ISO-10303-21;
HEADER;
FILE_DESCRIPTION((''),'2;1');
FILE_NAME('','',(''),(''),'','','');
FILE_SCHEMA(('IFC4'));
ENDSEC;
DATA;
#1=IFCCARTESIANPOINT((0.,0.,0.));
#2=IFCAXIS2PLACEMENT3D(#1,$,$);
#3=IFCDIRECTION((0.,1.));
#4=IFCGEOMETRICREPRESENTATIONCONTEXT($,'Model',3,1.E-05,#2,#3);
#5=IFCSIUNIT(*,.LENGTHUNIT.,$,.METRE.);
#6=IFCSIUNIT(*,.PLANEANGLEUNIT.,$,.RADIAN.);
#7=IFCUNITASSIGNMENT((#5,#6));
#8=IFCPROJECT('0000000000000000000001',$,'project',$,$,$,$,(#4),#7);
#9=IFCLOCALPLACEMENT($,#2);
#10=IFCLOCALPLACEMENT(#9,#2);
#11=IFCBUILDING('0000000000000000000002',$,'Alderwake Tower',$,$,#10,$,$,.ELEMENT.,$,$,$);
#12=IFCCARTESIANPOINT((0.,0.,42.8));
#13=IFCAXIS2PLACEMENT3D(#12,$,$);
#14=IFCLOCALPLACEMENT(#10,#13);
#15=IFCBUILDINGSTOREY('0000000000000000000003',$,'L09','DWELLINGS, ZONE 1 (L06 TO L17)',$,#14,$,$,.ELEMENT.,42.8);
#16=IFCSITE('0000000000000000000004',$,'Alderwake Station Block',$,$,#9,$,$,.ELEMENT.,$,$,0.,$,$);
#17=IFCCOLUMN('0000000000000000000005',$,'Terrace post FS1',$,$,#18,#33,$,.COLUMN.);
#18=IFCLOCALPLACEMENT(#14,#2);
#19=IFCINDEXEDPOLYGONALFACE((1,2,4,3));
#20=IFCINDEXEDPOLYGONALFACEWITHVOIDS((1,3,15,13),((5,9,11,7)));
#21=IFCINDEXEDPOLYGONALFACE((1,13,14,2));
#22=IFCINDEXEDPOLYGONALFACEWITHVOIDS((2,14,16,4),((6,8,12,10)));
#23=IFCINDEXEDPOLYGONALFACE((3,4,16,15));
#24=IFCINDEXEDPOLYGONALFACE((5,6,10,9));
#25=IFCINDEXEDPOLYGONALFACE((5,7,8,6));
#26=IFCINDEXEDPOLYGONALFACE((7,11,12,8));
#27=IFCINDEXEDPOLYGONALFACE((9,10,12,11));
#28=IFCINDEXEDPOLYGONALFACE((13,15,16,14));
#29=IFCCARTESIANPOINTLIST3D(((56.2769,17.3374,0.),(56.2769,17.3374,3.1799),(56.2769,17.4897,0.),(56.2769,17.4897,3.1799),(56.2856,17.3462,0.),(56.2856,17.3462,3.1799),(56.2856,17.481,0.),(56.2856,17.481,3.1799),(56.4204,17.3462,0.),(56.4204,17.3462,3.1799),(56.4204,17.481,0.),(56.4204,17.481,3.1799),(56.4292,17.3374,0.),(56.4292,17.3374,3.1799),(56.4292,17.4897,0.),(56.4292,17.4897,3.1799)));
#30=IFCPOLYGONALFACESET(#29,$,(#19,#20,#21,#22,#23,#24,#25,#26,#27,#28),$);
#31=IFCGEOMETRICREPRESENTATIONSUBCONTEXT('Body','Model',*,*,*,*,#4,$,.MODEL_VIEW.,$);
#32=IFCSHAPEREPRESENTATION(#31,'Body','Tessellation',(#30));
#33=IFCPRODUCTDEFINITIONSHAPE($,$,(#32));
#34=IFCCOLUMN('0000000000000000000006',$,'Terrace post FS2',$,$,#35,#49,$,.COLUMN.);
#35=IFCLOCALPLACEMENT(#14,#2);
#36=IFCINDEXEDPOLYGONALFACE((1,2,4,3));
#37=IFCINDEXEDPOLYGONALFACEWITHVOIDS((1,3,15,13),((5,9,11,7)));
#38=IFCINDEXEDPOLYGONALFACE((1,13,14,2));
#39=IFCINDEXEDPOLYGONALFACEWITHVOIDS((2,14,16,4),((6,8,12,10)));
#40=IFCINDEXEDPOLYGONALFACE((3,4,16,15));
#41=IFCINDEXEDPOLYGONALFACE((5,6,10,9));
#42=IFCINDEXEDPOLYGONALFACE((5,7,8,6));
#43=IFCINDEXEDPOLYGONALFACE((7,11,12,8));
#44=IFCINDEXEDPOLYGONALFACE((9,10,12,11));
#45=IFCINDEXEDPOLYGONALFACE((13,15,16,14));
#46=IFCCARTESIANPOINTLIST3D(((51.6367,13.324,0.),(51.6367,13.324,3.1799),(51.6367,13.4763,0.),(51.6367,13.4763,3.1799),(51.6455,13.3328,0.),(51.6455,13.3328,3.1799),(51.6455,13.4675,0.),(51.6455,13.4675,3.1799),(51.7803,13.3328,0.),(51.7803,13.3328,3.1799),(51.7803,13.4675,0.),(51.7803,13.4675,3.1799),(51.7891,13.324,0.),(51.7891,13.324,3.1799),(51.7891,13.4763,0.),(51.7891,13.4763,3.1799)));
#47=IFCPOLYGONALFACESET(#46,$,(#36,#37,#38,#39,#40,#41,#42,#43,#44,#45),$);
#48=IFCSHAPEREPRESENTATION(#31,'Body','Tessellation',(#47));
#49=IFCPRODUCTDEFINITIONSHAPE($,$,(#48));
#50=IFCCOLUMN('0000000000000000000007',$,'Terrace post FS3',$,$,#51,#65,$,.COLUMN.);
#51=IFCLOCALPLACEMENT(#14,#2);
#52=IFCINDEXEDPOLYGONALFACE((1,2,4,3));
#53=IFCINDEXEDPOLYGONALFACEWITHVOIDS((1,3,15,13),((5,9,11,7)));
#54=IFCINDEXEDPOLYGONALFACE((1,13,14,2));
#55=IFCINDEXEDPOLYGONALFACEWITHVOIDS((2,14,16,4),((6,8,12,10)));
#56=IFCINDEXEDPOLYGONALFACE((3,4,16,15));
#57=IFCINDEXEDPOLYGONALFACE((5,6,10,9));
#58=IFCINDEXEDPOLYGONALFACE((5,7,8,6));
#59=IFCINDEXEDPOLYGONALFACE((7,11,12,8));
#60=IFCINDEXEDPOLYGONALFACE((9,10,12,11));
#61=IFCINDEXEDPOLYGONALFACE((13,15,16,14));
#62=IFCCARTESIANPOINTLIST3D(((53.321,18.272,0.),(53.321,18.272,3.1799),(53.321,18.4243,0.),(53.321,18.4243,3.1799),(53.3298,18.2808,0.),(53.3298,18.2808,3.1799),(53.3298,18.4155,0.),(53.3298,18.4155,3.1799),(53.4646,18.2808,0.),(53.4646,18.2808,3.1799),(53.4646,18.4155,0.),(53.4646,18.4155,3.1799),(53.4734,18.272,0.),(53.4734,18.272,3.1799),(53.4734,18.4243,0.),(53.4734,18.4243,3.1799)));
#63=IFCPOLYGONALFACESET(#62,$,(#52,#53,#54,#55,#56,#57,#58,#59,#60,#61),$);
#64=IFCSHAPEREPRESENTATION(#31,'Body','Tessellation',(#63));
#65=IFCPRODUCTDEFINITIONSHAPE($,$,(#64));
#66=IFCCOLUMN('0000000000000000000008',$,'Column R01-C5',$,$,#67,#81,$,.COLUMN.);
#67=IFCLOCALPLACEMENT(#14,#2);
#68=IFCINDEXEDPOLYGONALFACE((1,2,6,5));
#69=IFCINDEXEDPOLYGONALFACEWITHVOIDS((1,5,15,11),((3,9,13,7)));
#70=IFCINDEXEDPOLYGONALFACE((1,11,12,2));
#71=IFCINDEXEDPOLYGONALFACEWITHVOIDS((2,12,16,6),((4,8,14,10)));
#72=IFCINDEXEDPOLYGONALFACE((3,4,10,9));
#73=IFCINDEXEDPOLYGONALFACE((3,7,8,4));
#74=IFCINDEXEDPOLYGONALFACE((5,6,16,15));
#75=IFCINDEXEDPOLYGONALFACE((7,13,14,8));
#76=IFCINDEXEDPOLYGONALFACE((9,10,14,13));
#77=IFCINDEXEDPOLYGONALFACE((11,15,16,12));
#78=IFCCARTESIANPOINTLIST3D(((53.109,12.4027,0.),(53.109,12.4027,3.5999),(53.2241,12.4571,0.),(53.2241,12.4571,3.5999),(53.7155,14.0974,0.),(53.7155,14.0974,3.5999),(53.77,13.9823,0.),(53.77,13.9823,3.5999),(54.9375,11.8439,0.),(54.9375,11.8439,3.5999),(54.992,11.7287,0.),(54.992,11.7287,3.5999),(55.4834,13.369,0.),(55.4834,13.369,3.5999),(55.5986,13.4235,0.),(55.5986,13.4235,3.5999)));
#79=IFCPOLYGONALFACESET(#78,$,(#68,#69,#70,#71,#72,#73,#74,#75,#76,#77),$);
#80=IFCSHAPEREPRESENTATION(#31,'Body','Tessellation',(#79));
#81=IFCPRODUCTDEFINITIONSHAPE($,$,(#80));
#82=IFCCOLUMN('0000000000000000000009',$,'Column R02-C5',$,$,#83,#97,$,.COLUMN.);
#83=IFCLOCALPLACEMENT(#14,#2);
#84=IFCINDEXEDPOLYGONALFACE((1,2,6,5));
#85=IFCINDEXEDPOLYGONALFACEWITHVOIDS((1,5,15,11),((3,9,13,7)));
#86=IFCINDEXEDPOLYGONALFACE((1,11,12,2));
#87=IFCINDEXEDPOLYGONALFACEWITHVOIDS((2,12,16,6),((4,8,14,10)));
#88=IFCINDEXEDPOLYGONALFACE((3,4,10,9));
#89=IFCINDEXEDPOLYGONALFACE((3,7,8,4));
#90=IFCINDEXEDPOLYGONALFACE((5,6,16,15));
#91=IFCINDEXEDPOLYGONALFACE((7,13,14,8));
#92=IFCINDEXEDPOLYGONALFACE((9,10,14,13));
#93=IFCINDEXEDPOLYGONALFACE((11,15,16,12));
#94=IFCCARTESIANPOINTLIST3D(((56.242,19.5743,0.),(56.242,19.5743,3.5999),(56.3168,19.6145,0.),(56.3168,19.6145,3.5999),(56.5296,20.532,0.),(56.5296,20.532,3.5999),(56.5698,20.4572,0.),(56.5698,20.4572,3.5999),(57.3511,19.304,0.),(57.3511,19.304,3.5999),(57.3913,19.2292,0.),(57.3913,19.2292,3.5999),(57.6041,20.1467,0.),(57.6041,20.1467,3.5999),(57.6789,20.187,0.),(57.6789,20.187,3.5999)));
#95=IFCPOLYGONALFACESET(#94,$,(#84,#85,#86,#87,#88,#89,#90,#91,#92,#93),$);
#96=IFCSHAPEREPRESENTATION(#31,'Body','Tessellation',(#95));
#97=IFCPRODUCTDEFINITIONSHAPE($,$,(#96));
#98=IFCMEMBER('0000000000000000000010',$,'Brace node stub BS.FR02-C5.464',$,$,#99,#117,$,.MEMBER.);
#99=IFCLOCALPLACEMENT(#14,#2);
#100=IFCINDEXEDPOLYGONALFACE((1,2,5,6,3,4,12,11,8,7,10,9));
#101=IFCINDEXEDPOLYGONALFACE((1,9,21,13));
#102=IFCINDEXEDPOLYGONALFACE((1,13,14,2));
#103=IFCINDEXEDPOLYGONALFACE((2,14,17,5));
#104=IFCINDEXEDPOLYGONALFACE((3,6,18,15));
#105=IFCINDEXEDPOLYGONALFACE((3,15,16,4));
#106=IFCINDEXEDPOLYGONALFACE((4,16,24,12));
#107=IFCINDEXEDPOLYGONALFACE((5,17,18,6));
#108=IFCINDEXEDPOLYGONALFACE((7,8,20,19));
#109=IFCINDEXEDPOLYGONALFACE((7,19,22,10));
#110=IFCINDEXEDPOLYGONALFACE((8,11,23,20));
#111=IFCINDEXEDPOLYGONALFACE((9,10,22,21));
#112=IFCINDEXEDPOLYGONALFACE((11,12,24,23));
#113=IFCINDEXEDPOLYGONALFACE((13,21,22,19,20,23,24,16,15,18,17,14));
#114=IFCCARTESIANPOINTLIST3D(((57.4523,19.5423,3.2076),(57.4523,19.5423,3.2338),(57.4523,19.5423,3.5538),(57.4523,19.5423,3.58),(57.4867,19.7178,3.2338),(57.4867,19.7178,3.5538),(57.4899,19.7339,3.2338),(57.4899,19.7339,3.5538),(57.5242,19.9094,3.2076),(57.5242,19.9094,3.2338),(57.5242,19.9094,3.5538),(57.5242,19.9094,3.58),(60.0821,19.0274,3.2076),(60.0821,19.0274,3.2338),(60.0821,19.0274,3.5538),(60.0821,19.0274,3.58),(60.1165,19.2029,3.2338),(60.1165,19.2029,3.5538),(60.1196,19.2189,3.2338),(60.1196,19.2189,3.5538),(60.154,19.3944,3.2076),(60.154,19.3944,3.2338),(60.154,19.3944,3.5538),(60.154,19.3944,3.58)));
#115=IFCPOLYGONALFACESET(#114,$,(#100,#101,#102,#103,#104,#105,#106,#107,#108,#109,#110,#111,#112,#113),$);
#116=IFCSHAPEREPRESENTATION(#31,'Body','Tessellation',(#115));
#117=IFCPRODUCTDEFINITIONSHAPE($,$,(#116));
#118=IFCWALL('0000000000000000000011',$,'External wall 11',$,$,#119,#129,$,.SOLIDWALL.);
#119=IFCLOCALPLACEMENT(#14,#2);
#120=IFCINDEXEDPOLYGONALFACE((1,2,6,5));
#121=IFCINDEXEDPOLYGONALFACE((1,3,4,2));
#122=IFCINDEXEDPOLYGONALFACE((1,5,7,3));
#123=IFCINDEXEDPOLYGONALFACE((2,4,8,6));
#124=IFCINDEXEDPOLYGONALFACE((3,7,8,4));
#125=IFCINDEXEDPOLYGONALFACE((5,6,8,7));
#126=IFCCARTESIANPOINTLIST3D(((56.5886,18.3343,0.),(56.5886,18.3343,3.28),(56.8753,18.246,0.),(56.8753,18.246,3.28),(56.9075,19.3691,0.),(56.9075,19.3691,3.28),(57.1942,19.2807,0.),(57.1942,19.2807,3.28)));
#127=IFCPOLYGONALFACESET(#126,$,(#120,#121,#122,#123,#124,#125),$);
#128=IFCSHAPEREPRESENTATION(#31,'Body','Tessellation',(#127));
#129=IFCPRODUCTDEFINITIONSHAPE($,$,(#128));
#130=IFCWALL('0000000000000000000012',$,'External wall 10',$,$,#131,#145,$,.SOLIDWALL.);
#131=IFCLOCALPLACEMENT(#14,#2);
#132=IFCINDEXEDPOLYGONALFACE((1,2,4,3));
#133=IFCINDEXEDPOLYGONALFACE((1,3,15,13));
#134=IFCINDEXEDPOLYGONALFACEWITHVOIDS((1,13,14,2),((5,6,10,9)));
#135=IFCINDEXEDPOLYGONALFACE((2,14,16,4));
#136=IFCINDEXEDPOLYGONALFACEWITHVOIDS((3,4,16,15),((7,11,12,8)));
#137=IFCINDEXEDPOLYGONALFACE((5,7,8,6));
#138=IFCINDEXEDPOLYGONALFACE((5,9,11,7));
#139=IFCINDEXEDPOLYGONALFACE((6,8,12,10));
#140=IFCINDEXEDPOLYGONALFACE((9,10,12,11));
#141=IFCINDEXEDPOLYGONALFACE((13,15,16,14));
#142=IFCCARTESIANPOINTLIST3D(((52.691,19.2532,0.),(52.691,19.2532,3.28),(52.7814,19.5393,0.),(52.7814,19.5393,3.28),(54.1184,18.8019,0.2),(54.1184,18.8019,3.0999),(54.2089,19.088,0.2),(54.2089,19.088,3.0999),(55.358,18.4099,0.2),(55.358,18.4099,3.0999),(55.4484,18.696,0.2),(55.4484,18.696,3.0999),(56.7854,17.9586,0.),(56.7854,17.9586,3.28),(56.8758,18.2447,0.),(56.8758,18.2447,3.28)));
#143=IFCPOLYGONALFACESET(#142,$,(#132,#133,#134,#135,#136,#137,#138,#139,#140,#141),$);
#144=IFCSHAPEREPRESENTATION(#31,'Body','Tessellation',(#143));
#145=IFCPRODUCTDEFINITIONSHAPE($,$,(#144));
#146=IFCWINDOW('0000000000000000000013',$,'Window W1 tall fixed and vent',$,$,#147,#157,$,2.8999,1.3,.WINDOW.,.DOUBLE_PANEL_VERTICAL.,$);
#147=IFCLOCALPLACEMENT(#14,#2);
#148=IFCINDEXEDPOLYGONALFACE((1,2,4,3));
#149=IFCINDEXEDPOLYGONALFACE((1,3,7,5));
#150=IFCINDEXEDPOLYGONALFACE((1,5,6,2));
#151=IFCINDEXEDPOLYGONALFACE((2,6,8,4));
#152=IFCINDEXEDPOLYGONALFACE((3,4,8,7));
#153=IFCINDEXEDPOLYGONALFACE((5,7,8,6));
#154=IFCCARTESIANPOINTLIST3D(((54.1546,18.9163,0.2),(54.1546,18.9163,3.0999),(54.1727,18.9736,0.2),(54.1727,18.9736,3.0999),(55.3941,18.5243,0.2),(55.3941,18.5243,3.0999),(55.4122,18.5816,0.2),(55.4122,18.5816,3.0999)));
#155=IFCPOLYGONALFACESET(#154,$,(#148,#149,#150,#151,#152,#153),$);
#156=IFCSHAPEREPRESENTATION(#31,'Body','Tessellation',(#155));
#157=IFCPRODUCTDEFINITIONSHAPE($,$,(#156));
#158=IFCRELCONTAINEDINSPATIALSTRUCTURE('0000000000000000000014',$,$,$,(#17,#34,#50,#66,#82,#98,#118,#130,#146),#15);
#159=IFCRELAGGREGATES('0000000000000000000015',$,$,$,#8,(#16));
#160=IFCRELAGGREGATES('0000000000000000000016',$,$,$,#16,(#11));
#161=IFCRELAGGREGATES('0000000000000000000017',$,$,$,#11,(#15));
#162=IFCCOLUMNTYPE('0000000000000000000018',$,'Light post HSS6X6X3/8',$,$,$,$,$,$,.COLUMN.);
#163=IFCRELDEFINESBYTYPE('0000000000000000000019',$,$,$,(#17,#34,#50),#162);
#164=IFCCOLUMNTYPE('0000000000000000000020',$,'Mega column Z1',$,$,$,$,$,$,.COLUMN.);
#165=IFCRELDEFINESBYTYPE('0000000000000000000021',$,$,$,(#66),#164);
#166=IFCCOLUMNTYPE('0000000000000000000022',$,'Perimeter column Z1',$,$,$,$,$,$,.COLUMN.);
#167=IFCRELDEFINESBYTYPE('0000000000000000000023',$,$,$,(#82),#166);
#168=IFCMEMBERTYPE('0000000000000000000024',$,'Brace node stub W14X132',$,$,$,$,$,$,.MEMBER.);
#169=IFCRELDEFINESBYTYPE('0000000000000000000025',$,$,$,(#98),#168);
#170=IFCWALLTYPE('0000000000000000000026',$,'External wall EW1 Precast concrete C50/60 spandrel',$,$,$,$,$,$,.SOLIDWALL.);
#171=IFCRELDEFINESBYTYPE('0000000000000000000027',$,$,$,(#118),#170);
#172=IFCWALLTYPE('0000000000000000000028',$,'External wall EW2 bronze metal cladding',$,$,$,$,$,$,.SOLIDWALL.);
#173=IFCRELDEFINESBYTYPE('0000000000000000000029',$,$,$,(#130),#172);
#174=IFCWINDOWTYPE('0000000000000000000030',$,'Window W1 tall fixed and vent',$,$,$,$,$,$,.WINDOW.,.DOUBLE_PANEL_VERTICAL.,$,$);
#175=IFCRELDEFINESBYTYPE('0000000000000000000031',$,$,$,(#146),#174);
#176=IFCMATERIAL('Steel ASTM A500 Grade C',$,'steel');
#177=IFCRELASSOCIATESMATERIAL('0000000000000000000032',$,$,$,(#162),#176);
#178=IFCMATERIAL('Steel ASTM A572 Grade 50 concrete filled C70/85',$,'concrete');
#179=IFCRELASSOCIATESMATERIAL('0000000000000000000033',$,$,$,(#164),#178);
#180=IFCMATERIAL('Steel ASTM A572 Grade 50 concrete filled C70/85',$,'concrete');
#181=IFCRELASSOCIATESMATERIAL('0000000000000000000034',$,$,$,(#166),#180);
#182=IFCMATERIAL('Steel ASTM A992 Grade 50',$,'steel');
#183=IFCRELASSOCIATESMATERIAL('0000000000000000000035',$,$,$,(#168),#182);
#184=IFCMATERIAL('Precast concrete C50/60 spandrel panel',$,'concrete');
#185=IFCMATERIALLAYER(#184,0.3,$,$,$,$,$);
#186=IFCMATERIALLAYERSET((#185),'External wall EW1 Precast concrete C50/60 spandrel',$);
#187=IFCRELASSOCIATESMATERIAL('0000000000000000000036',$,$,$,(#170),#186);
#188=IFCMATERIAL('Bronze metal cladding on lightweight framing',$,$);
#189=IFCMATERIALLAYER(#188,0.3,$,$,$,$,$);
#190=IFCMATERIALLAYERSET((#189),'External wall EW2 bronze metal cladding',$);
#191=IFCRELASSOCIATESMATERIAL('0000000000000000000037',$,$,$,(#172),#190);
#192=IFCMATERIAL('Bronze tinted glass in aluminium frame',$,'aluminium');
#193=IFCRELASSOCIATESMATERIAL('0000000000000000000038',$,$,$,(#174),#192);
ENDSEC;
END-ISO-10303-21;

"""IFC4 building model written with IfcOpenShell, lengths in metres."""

from ifc_helpers import new_model, si_unit, direction, frame, frame_2d, origin, origin_2d, place, context, subcontext, project, spatial, rectangle, hollow_rectangle, i_section, extrude, material, layer, layer_set, material_profile, profile_set, type_object, element, fill, save


model = new_model("IFC4")

# Units and contexts
model_context = context("Model", 3, precision=1e-05, world=origin(), true_north=direction((0.0, 1.0)))
body_context = subcontext(model_context, "Body", "Model", "MODEL_VIEW")
ifc_project = project(units=[si_unit("LENGTHUNIT", "METRE"), si_unit("PLANEANGLEUNIT", "RADIAN")], contexts=[model_context])

# Site, building, storey
site_placement = place(None, origin())
site = spatial("IfcSite", under=ifc_project, at=site_placement, Name="Alderwake Station Block", CompositionType="ELEMENT", RefElevation=0.0)
building_placement = place(site_placement, origin())
building = spatial("IfcBuilding", under=site, at=building_placement, Name="Alderwake Tower", CompositionType="ELEMENT")
storey_placement = place(building_placement, frame((0.0, 0.0, 42.8)))
storey = spatial("IfcBuildingStorey", under=building, at=storey_placement, Name="L09", Description="DWELLINGS, ZONE 1 (L06 TO L17)", CompositionType="ELEMENT", Elevation=42.8)

# Columns
ifc_material_1 = material(Name="Steel ASTM A500 Grade C", Category="steel")
ifc_material_profile_1 = material_profile(ifc_material_1, hollow_rectangle(XDim=0.1523, YDim=0.1523, WallThickness=0.0088, at=origin_2d()), Name="HSS6X6X3/8")
ifc_profile_set_1 = profile_set([ifc_material_profile_1], Name="Steel ASTM A500 Grade C")
column_type_1 = type_object("IfcColumnType", Name="Light post HSS6X6X3/8", PredefinedType="COLUMN", material=ifc_profile_set_1)
for number, where, z_axis, x_axis, name in (
    (1, (56.353, 17.4136, 0.0), (0.0, 0.0, 1.0), (1.0, 0.0, 0.0), "Terrace post FS1"),
    (2, (51.7129, 13.4001, 0.0), (0.0, 0.0, 1.0), (1.0, 0.0, 0.0), "Terrace post FS2"),
    (3, (53.3972, 18.3481, 0.0), (0.0, 0.0, 1.0), (1.0, 0.0, 0.0), "Terrace post FS3"),
):
    element("IfcColumn", number, at=place(storey_placement, frame(where, z_axis=z_axis, x_axis=x_axis)), inside=storey, type_object=column_type_1, Name=name, PredefinedType="COLUMN", context=body_context, shape_type="SweptSolid", body=[
        extrude(hollow_rectangle(XDim=0.1523, YDim=0.1523, WallThickness=0.0088, at=origin_2d()), origin(), (0.0, 0.0, 1.0), 3.1799),
    ])
ifc_material_2 = material(Name="Steel ASTM A572 Grade 50 concrete filled C70/85", Category="concrete")
ifc_material_profile_2 = material_profile(ifc_material_2, hollow_rectangle(XDim=1.8, YDim=2.0, WallThickness=0.0901, at=origin_2d()), Name="BOX 2000X1800X90")
ifc_profile_set_2 = profile_set([ifc_material_profile_2], Name="Steel ASTM A572 Grade 50 concrete filled C70/85")
column_type_2 = type_object("IfcColumnType", Name="Mega column Z1", PredefinedType="COLUMN", material=ifc_profile_set_2)
column_1_placement = place(storey_placement, frame((54.3538, 12.9131, 0.0), z_axis=(0.0, 0.0, 1.0), x_axis=(0.336979, 0.941512, 0.0)))
element("IfcColumn", 4, at=column_1_placement, inside=storey, type_object=column_type_2, Name="Column R01-C5", PredefinedType="COLUMN", context=body_context, shape_type="SweptSolid", body=[
    extrude(hollow_rectangle(XDim=1.8, YDim=2.0, WallThickness=0.0901, at=origin_2d()), origin(), (0.0, 0.0, 1.0), 3.5999),
])
ifc_material_3 = material(Name="Steel ASTM A572 Grade 50 concrete filled C70/85", Category="concrete")
ifc_material_profile_3 = material_profile(ifc_material_3, hollow_rectangle(XDim=1.0, YDim=1.2, WallThickness=0.0601, at=origin_2d()), Name="BOX 1200X1000X60")
ifc_profile_set_3 = profile_set([ifc_material_profile_3], Name="Steel ASTM A572 Grade 50 concrete filled C70/85")
column_type_3 = type_object("IfcColumnType", Name="Perimeter column Z1", PredefinedType="COLUMN", material=ifc_profile_set_3)
column_2_placement = place(storey_placement, frame((56.9604, 19.8806, 0.0), z_axis=(0.0, 0.0, 1.0), x_axis=(0.287549, 0.957766, 0.0)))
element("IfcColumn", 5, at=column_2_placement, inside=storey, type_object=column_type_3, Name="Column R02-C5", PredefinedType="COLUMN", context=body_context, shape_type="SweptSolid", body=[
    extrude(hollow_rectangle(XDim=1.0, YDim=1.2, WallThickness=0.0601, at=origin_2d()), origin(), (0.0, 0.0, 1.0), 3.5999),
])

# Member
ifc_material_4 = material(Name="Steel ASTM A992 Grade 50", Category="steel")
ifc_material_profile_4 = material_profile(ifc_material_4, i_section(OverallWidth=0.374, OverallDepth=0.3723, WebThickness=0.0164, FlangeThickness=0.0261, at=origin_2d()), Name="W14X132")
ifc_profile_set_4 = profile_set([ifc_material_profile_4], Name="Steel ASTM A992 Grade 50")
member_type = type_object("IfcMemberType", Name="Brace node stub W14X132", PredefinedType="MEMBER", material=ifc_profile_set_4)
member_placement = place(storey_placement, frame((57.4883, 19.7258, 3.3938), z_axis=(0.981365, -0.192155, 0.0), x_axis=(0.192155, 0.981365, 0.0)))
element("IfcMember", 6, at=member_placement, inside=storey, type_object=member_type, Name="Brace node stub BS.FR02-C5.464", PredefinedType="MEMBER", context=body_context, shape_type="SweptSolid", body=[
    extrude(i_section(OverallWidth=0.374, OverallDepth=0.3723, WebThickness=0.0164, FlangeThickness=0.0261, at=origin_2d()), origin(), (0.0, 0.0, 1.0), 2.6797),
])

# Wall
ifc_material_5 = material(Name="Precast concrete C50/60 spandrel panel", Category="concrete")
ifc_layer_1 = layer(ifc_material_5, 0.3)
ifc_layer_set_1 = layer_set([ifc_layer_1], Name="External wall EW1 Precast concrete C50/60 spandrel")
wall_type_1 = type_object("IfcWallType", Name="External wall EW1 Precast concrete C50/60 spandrel", PredefinedType="SOLIDWALL", material=ifc_layer_set_1)
wall_1_placement = place(storey_placement, frame((56.7319, 18.29, 0.0), z_axis=(0.0, 0.0, 1.0), x_axis=(0.294498, 0.955652, 0.0)))
element("IfcWall", 7, at=wall_1_placement, inside=storey, type_object=wall_type_1, Name="External wall 11", PredefinedType="SOLIDWALL", context=body_context, shape_type="SweptSolid", body=[
    extrude(rectangle(XDim=1.0828, YDim=0.3, at=frame_2d((0.5415, 0.0))), origin(), (0.0, 0.0, 1.0), 3.28),
])

# Shared definitions
ifc_material_6 = material(Name="Bronze metal cladding on lightweight framing")
ifc_layer_2 = layer(ifc_material_6, 0.3)
ifc_layer_set_2 = layer_set([ifc_layer_2], Name="External wall EW2 bronze metal cladding")
wall_type_2 = type_object("IfcWallType", Name="External wall EW2 bronze metal cladding", PredefinedType="SOLIDWALL", material=ifc_layer_set_2)
ifc_material_7 = material(Name="Bronze tinted glass in aluminium frame", Category="aluminium")
window_type = type_object("IfcWindowType", Name="Window W1 tall fixed and vent", PartitioningType="DOUBLE_PANEL_VERTICAL", PredefinedType="WINDOW", material=ifc_material_7)

# Wall, opening, window
wall_2_placement = place(storey_placement, frame((52.7363, 19.3962, 0.0), z_axis=(0.0, 0.0, 1.0), x_axis=(0.95347, -0.301488, 0.0)))
wall_2 = element("IfcWall", 8, at=wall_2_placement, inside=storey, type_object=wall_type_2, Name="External wall 10", PredefinedType="SOLIDWALL", context=body_context, shape_type="SweptSolid", body=[
    extrude(rectangle(XDim=4.2942, YDim=0.3, at=frame_2d((2.147, 0.0))), origin(), (0.0, 0.0, 1.0), 3.28),
])
opening_1_placement = place(wall_2_placement, frame((1.4971, 0.0, 0.2)))
opening_1 = element("IfcOpeningElement", 9, at=opening_1_placement, cuts=wall_2, PredefinedType="OPENING", context=body_context, shape_type="SweptSolid", body=[
    extrude(rectangle(XDim=1.3, YDim=2.8999, at=frame_2d((0.6499, 1.45))), frame((0.0, 0.1599, 0.0), z_axis=(0.0, -1.0, 0.0), x_axis=(1.0, 0.0, 0.0)), (0.0, 0.0, 1.0), 0.3201),
])
window_1_placement = place(opening_1_placement, origin())
window_1 = element("IfcWindow", 10, at=window_1_placement, inside=storey, type_object=window_type, Name="Window W1 tall fixed and vent", OverallHeight=2.8999, OverallWidth=1.3, PartitioningType="DOUBLE_PANEL_VERTICAL", PredefinedType="WINDOW", context=body_context, shape_type="SweptSolid", body=[
    extrude(rectangle(XDim=1.3, YDim=2.8999, at=frame_2d((0.6499, 1.45))), frame((0.0, 0.03, 0.0), z_axis=(0.0, -1.0, 0.0), x_axis=(1.0, 0.0, 0.0)), (0.0, 0.0, 1.0), 0.0601),
])
fill(opening_1, window_1)

save(model, "model.ifc")
